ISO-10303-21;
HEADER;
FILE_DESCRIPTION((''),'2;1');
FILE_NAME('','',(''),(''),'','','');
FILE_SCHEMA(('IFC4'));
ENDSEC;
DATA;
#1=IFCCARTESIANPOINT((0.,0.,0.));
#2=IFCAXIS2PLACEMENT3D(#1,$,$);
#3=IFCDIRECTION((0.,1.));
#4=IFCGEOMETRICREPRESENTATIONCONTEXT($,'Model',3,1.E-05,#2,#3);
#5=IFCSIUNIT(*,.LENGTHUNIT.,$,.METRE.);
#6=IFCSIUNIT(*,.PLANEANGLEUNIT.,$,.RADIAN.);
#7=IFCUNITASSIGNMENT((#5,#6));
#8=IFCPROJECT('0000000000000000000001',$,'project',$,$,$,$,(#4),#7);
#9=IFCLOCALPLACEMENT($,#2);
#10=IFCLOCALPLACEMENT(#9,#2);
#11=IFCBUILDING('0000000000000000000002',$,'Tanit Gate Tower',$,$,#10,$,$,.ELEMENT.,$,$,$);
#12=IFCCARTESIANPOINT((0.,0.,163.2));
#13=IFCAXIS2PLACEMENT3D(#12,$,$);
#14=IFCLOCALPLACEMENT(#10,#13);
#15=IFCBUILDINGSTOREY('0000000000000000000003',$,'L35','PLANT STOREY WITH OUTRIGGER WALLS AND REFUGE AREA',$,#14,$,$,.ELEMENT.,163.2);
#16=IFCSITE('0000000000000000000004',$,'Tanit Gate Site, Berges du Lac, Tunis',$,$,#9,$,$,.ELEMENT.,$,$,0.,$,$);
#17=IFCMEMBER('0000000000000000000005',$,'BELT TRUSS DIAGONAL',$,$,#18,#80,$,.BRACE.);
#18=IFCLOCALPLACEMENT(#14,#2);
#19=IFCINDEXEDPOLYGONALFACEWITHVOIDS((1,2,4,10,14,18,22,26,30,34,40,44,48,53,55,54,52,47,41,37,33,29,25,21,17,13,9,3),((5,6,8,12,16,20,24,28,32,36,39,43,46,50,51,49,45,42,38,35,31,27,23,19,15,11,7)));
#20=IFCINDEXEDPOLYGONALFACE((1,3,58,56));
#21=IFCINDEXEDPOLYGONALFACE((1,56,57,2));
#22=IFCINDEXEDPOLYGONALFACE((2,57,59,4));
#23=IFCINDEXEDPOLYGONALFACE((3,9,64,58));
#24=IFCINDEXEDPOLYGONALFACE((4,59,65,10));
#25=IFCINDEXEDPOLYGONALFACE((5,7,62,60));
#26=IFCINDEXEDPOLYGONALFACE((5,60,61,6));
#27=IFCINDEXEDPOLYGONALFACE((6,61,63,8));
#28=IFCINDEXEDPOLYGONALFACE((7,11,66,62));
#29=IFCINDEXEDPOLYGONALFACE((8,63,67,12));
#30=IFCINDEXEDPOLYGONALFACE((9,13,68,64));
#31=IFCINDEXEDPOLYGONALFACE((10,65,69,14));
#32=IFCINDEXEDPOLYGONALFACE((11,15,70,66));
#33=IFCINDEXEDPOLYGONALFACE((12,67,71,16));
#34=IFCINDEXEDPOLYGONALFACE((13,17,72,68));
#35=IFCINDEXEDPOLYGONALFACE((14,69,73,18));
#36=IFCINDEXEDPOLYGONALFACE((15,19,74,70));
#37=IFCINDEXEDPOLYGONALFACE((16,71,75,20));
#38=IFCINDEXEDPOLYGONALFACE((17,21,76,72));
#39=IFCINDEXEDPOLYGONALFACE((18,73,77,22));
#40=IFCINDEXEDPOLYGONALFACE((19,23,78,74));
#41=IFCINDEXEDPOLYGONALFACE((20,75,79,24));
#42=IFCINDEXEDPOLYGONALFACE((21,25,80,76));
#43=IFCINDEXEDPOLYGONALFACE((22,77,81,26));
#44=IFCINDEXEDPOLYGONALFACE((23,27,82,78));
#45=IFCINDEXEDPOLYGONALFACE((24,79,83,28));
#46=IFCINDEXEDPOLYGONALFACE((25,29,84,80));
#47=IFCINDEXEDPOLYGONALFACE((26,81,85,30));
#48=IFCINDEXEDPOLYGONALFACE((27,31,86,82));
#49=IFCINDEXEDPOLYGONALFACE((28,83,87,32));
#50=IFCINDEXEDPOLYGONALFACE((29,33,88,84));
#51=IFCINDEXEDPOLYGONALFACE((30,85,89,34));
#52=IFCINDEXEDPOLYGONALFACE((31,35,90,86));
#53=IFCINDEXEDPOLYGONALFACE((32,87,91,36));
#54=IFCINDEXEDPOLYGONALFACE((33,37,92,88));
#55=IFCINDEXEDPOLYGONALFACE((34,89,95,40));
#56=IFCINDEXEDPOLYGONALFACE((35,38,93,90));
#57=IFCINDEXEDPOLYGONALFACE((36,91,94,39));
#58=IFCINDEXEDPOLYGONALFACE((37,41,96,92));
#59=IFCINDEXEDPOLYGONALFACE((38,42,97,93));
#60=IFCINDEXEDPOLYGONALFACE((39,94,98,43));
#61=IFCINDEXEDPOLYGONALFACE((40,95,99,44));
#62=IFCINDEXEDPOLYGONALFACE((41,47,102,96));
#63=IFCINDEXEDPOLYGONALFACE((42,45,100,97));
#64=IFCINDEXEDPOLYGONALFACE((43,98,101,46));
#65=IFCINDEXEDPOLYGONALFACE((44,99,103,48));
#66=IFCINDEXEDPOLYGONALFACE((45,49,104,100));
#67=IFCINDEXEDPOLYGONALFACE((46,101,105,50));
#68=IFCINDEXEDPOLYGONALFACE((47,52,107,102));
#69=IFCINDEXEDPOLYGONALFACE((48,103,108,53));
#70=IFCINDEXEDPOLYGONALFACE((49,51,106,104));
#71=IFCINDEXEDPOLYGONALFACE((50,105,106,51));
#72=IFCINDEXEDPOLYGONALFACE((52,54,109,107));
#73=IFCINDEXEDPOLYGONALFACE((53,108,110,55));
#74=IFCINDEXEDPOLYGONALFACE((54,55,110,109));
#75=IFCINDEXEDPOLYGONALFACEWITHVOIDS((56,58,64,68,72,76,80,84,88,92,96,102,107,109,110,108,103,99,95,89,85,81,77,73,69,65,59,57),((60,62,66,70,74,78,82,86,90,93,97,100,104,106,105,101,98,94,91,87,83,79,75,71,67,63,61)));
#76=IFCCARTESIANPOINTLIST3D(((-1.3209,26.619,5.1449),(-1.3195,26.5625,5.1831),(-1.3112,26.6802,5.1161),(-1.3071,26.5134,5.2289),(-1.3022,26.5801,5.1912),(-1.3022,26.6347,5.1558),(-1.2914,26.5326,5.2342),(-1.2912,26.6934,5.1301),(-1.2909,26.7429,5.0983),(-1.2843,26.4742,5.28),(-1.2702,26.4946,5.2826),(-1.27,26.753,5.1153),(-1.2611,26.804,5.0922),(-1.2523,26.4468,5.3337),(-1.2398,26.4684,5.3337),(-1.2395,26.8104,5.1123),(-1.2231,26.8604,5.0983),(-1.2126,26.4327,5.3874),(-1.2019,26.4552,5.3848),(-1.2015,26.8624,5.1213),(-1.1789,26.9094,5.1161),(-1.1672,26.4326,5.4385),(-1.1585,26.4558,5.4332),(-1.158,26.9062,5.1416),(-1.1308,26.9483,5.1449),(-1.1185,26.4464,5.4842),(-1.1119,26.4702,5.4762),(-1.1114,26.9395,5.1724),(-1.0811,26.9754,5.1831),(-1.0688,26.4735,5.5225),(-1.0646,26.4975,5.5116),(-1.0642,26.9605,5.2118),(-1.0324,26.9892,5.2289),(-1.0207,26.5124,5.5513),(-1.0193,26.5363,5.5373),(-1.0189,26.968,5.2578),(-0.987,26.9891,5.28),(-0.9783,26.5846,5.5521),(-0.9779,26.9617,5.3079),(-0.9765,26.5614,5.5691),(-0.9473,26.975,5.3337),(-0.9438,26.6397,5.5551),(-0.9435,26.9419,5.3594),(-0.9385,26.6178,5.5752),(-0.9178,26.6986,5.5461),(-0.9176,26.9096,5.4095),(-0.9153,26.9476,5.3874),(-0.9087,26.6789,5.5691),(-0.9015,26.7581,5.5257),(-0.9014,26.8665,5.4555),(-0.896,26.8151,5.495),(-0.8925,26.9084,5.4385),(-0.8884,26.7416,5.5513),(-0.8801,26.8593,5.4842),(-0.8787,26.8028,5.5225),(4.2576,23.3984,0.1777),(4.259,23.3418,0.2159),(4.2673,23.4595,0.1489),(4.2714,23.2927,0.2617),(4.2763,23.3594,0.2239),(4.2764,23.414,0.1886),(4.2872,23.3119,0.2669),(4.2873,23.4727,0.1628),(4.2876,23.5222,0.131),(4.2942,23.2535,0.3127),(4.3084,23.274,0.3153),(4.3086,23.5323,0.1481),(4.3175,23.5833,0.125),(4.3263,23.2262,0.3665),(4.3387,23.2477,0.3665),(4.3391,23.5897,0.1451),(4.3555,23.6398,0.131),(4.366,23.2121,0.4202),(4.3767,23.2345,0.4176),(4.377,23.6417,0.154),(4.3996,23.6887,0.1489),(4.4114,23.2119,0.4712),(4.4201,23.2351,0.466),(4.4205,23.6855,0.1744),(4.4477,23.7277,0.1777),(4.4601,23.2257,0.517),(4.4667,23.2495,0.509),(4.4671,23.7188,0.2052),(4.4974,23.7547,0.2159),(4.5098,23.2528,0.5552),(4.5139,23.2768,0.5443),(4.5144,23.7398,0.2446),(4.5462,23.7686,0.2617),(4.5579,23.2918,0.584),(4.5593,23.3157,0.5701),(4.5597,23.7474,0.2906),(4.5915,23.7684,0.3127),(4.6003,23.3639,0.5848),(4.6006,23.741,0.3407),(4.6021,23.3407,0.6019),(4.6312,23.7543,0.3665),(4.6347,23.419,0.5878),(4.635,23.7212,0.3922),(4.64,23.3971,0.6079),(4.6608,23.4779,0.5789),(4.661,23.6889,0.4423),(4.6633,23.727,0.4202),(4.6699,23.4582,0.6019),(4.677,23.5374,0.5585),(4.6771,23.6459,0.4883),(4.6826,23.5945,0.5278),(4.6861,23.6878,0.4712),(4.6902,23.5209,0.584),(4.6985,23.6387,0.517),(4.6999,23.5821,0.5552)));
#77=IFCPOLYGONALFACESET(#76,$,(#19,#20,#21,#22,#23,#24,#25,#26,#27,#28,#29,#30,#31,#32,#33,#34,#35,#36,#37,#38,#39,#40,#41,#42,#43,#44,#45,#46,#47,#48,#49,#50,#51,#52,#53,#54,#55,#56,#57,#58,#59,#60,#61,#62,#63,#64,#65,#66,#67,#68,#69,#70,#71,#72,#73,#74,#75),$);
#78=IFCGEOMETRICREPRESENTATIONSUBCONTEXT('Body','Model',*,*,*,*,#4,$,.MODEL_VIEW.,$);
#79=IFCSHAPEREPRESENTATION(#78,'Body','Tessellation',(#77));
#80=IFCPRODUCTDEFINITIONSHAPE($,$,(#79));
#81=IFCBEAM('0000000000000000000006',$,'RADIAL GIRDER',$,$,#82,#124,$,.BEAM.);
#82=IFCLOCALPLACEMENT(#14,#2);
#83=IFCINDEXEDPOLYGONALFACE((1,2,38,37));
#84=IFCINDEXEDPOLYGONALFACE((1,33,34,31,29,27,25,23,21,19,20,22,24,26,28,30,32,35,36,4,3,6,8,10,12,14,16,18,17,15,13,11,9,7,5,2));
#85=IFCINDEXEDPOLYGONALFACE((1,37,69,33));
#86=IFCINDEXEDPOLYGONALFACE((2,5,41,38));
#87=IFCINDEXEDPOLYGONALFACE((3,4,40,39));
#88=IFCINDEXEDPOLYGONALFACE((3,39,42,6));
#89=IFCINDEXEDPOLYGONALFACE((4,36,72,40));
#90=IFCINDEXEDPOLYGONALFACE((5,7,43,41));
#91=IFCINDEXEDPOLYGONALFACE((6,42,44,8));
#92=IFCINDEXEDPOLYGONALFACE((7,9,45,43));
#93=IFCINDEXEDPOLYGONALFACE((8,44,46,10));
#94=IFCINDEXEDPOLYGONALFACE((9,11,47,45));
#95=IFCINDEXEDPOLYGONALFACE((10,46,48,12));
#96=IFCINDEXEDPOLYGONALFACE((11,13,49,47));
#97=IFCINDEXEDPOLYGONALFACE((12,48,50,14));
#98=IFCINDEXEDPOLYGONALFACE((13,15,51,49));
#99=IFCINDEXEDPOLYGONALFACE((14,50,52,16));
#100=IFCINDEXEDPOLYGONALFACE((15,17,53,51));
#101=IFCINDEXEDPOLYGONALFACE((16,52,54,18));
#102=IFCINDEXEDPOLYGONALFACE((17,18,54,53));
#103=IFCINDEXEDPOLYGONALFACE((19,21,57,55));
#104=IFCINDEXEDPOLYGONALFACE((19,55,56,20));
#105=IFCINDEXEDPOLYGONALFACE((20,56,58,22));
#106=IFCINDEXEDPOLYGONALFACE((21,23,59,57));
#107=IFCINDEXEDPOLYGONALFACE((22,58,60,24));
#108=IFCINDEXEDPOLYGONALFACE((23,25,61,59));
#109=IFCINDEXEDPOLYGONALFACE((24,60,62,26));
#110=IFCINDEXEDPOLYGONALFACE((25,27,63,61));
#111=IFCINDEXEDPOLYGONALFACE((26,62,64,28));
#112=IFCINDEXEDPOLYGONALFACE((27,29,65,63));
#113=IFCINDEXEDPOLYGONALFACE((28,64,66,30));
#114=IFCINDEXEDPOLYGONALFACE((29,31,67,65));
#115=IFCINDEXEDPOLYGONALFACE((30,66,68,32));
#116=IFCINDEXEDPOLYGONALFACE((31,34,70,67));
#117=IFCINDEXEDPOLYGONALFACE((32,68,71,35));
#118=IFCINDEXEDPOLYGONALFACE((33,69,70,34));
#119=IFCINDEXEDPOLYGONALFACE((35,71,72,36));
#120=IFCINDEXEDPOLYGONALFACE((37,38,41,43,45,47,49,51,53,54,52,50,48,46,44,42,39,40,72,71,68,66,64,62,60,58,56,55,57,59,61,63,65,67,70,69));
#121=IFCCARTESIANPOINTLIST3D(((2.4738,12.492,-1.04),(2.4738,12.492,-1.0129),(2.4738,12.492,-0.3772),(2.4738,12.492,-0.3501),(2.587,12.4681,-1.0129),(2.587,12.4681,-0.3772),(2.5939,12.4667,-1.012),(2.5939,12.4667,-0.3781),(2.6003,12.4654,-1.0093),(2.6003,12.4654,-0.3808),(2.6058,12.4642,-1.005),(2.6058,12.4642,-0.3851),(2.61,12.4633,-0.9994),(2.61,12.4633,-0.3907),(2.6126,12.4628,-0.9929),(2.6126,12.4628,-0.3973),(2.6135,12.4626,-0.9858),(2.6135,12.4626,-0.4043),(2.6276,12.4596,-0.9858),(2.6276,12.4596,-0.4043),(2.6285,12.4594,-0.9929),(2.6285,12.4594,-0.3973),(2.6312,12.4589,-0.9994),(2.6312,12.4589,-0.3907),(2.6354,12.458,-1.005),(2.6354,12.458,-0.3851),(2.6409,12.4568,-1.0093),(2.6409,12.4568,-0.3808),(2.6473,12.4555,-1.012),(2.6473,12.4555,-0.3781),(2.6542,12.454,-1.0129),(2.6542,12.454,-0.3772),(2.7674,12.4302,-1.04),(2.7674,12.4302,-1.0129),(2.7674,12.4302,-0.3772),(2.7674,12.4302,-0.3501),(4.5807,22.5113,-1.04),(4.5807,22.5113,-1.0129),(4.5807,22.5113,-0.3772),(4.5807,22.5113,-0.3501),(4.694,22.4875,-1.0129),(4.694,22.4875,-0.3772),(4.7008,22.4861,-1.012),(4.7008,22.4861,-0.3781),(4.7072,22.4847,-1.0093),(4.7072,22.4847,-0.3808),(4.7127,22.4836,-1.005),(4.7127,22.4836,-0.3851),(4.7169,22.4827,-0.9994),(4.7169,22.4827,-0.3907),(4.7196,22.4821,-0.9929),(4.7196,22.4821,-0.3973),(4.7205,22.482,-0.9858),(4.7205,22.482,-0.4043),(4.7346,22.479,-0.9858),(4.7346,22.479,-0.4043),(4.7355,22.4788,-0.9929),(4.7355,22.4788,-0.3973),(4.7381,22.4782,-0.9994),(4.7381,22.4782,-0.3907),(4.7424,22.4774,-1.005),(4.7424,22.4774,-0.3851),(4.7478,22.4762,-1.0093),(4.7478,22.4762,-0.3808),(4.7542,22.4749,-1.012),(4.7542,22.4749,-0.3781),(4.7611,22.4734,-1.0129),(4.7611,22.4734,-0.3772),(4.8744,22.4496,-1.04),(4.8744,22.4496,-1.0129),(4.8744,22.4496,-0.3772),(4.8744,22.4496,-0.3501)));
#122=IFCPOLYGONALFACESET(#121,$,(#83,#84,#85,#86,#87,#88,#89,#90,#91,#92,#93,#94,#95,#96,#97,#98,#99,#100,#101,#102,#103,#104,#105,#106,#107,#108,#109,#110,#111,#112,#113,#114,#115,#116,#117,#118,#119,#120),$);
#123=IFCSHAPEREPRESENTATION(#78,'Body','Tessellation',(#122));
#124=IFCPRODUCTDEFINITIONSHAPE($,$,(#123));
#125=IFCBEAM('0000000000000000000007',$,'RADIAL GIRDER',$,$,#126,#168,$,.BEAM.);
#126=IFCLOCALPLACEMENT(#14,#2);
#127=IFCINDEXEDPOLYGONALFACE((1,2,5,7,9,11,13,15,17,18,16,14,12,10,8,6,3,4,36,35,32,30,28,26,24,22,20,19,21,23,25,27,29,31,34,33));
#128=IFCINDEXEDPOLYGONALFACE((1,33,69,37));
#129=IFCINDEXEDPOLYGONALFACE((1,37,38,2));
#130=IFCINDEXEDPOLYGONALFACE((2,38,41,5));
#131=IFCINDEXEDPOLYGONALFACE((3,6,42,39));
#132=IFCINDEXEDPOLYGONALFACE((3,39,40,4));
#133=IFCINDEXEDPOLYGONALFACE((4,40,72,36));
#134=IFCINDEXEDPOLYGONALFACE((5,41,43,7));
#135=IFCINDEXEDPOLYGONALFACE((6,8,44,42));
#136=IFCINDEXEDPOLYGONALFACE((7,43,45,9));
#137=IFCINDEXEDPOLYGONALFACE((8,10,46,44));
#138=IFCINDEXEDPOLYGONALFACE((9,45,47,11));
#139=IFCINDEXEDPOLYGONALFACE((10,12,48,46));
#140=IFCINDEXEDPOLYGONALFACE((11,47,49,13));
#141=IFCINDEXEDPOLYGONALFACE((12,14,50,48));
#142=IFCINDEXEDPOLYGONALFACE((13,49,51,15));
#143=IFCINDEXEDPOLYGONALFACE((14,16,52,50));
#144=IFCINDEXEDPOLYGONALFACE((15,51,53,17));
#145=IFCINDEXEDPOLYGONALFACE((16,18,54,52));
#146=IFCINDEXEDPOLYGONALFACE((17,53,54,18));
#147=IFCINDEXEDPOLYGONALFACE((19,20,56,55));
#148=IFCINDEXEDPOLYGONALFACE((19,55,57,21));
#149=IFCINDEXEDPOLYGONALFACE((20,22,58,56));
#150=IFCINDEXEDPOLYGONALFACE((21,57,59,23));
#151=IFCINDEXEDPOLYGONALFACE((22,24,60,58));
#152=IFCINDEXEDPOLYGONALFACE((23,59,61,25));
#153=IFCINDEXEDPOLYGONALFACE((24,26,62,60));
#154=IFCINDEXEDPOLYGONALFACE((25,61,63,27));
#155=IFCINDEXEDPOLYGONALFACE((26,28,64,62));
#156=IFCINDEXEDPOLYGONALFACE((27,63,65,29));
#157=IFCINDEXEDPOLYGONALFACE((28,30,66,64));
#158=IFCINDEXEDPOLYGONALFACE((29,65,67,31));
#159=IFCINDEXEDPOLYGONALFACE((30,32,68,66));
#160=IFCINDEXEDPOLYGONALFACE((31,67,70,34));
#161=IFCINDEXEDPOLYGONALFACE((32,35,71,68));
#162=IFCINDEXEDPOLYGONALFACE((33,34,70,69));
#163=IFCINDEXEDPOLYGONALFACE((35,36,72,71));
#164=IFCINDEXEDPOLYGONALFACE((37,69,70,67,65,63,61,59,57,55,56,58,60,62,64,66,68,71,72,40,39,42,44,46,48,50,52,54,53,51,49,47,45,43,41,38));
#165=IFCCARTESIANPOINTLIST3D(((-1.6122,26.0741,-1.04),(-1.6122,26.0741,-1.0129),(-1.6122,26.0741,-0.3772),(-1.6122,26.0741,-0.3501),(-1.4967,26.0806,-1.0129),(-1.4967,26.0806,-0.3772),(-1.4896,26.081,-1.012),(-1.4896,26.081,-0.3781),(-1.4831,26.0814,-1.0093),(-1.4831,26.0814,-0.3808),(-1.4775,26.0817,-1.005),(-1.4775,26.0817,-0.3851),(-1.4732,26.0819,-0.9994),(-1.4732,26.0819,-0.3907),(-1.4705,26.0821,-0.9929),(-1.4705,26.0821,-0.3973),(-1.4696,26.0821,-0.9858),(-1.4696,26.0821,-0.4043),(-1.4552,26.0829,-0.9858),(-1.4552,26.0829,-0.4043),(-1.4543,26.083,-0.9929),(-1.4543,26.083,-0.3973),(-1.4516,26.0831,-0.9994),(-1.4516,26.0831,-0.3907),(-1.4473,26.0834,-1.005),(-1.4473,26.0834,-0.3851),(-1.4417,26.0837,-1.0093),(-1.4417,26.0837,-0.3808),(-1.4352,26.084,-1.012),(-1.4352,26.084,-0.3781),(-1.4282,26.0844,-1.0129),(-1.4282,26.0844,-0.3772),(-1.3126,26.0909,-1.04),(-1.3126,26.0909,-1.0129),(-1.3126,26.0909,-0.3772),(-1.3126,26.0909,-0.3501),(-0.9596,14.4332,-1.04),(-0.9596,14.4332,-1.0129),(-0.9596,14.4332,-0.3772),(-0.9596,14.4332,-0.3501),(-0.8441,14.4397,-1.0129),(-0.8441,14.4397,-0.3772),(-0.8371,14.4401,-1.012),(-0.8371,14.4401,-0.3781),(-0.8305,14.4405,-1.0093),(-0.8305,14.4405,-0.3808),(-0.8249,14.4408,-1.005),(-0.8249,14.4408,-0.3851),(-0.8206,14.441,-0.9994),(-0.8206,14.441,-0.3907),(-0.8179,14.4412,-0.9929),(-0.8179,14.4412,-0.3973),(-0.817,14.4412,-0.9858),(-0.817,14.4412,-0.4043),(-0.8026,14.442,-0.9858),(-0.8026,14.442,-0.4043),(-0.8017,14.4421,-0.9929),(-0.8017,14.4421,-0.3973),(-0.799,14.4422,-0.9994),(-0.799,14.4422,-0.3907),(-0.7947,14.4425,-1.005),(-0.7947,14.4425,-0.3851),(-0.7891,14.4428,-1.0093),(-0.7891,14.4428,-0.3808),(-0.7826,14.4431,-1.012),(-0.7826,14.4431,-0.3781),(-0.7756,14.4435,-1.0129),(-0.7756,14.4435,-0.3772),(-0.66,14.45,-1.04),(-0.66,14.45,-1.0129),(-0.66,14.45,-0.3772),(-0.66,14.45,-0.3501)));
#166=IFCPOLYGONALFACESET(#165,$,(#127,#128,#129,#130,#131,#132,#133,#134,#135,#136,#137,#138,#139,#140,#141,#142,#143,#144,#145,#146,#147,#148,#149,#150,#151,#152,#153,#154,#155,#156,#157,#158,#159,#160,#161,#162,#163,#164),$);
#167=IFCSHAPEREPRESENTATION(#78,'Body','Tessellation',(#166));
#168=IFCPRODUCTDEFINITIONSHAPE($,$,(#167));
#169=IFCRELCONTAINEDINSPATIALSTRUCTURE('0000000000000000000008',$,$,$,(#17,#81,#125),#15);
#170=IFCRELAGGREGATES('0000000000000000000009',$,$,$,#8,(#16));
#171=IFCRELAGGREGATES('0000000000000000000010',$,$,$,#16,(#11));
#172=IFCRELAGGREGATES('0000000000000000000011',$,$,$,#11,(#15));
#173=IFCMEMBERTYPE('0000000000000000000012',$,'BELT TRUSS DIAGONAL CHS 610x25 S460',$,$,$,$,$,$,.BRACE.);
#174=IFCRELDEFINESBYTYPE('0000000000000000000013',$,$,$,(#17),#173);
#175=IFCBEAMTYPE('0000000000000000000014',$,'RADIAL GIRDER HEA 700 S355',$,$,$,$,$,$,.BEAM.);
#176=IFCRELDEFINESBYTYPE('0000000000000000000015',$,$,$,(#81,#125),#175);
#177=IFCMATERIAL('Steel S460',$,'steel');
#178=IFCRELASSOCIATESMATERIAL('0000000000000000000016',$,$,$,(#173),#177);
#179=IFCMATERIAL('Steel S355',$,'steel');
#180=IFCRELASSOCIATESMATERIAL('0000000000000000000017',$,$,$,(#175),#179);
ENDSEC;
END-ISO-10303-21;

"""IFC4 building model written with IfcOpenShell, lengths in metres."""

from ifc_helpers import new_model, si_unit, direction, frame, origin, origin_2d, place, context, subcontext, project, spatial, hollow_circle, i_section, extrude, material, material_profile, profile_set, type_object, element, save


model = new_model("IFC4")

# Units and contexts
model_context = context("Model", 3, precision=1e-05, world=origin(), true_north=direction((0.0, 1.0)))
body_context = subcontext(model_context, "Body", "Model", "MODEL_VIEW")
ifc_project = project(units=[si_unit("LENGTHUNIT", "METRE"), si_unit("PLANEANGLEUNIT", "RADIAN")], contexts=[model_context])

# Site, building, storey
site_placement = place(None, origin())
site = spatial("IfcSite", under=ifc_project, at=site_placement, Name="Tanit Gate Site, Berges du Lac, Tunis", CompositionType="ELEMENT", RefElevation=0.0)
building_placement = place(site_placement, origin())
building = spatial("IfcBuilding", under=site, at=building_placement, Name="Tanit Gate Tower", CompositionType="ELEMENT")
storey_placement = place(building_placement, frame((0.0, 0.0, 163.2)))
storey = spatial("IfcBuildingStorey", under=building, at=storey_placement, Name="L35", Description="PLANT STOREY WITH OUTRIGGER WALLS AND REFUGE AREA", CompositionType="ELEMENT", Elevation=163.2)

# Member
ifc_material_1 = material(Name="Steel S460", Category="steel")
ifc_material_profile_1 = material_profile(ifc_material_1, hollow_circle(Radius=0.3049, WallThickness=0.0249, at=origin_2d()), Name="CHS 610x25")
ifc_profile_set_1 = profile_set([ifc_material_profile_1], Name="Steel S460")
member_type = type_object("IfcMemberType", Name="BELT TRUSS DIAGONAL CHS 610x25 S460", PredefinedType="BRACE", material=ifc_profile_set_1)
for number, where, z_axis, x_axis, name in (
    (1, (4.4788, 23.4902, 0.3665), (-0.685809, 0.395938, 0.610655), (-0.499987, -0.866033, 0.0), "BELT TRUSS DIAGONAL"),
):
    element("IfcMember", number, at=place(storey_placement, frame(where, z_axis=z_axis, x_axis=x_axis)), inside=storey, type_object=member_type, Name=name, PredefinedType="BRACE", context=body_context, shape_type="SweptSolid", body=[
        extrude(hollow_circle(Radius=0.3049, WallThickness=0.0249, at=origin_2d()), origin(), (0.0, 0.0, 1.0), 8.1343),
    ])

# Beams
ifc_material_2 = material(Name="Steel S355", Category="steel")
ifc_material_profile_2 = material_profile(ifc_material_2, i_section(OverallWidth=0.3, OverallDepth=0.6899, WebThickness=0.0144, FlangeThickness=0.0271, FilletRadius=0.0271, at=origin_2d()), Name="HEA 700")
ifc_profile_set_2 = profile_set([ifc_material_profile_2], Name="Steel S355")
beam_type_1 = type_object("IfcBeamType", Name="RADIAL GIRDER HEA 700 S355", PredefinedType="BEAM", material=ifc_profile_set_2)
beam_1_placement = place(storey_placement, frame((4.7275, 22.4805, -0.6951), z_axis=(-0.205787, -0.978597, 0.0), x_axis=(0.978597, -0.205787, 0.0)))
element("IfcBeam", 2, at=beam_1_placement, inside=storey, type_object=beam_type_1, Name="RADIAL GIRDER", PredefinedType="BEAM", context=body_context, shape_type="SweptSolid", body=[
    extrude(i_section(OverallWidth=0.3, OverallDepth=0.6899, WebThickness=0.0144, FlangeThickness=0.0271, FilletRadius=0.0271, at=origin_2d()), origin(), (0.0, 0.0, 1.0), 10.2385),
])
beam_2_placement = place(storey_placement, frame((-1.4624, 26.0825, -0.6951), z_axis=(0.055972, -0.998432, 0.0), x_axis=(0.998432, 0.055972, 0.0)))
element("IfcBeam", 3, at=beam_2_placement, inside=storey, type_object=beam_type_1, Name="RADIAL GIRDER", PredefinedType="BEAM", context=body_context, shape_type="SweptSolid", body=[
    extrude(i_section(OverallWidth=0.3, OverallDepth=0.6899, WebThickness=0.0144, FlangeThickness=0.0271, FilletRadius=0.0271, at=origin_2d()), origin(), (0.0, 0.0, 1.0), 11.6592),
])

save(model, "model.ifc")
